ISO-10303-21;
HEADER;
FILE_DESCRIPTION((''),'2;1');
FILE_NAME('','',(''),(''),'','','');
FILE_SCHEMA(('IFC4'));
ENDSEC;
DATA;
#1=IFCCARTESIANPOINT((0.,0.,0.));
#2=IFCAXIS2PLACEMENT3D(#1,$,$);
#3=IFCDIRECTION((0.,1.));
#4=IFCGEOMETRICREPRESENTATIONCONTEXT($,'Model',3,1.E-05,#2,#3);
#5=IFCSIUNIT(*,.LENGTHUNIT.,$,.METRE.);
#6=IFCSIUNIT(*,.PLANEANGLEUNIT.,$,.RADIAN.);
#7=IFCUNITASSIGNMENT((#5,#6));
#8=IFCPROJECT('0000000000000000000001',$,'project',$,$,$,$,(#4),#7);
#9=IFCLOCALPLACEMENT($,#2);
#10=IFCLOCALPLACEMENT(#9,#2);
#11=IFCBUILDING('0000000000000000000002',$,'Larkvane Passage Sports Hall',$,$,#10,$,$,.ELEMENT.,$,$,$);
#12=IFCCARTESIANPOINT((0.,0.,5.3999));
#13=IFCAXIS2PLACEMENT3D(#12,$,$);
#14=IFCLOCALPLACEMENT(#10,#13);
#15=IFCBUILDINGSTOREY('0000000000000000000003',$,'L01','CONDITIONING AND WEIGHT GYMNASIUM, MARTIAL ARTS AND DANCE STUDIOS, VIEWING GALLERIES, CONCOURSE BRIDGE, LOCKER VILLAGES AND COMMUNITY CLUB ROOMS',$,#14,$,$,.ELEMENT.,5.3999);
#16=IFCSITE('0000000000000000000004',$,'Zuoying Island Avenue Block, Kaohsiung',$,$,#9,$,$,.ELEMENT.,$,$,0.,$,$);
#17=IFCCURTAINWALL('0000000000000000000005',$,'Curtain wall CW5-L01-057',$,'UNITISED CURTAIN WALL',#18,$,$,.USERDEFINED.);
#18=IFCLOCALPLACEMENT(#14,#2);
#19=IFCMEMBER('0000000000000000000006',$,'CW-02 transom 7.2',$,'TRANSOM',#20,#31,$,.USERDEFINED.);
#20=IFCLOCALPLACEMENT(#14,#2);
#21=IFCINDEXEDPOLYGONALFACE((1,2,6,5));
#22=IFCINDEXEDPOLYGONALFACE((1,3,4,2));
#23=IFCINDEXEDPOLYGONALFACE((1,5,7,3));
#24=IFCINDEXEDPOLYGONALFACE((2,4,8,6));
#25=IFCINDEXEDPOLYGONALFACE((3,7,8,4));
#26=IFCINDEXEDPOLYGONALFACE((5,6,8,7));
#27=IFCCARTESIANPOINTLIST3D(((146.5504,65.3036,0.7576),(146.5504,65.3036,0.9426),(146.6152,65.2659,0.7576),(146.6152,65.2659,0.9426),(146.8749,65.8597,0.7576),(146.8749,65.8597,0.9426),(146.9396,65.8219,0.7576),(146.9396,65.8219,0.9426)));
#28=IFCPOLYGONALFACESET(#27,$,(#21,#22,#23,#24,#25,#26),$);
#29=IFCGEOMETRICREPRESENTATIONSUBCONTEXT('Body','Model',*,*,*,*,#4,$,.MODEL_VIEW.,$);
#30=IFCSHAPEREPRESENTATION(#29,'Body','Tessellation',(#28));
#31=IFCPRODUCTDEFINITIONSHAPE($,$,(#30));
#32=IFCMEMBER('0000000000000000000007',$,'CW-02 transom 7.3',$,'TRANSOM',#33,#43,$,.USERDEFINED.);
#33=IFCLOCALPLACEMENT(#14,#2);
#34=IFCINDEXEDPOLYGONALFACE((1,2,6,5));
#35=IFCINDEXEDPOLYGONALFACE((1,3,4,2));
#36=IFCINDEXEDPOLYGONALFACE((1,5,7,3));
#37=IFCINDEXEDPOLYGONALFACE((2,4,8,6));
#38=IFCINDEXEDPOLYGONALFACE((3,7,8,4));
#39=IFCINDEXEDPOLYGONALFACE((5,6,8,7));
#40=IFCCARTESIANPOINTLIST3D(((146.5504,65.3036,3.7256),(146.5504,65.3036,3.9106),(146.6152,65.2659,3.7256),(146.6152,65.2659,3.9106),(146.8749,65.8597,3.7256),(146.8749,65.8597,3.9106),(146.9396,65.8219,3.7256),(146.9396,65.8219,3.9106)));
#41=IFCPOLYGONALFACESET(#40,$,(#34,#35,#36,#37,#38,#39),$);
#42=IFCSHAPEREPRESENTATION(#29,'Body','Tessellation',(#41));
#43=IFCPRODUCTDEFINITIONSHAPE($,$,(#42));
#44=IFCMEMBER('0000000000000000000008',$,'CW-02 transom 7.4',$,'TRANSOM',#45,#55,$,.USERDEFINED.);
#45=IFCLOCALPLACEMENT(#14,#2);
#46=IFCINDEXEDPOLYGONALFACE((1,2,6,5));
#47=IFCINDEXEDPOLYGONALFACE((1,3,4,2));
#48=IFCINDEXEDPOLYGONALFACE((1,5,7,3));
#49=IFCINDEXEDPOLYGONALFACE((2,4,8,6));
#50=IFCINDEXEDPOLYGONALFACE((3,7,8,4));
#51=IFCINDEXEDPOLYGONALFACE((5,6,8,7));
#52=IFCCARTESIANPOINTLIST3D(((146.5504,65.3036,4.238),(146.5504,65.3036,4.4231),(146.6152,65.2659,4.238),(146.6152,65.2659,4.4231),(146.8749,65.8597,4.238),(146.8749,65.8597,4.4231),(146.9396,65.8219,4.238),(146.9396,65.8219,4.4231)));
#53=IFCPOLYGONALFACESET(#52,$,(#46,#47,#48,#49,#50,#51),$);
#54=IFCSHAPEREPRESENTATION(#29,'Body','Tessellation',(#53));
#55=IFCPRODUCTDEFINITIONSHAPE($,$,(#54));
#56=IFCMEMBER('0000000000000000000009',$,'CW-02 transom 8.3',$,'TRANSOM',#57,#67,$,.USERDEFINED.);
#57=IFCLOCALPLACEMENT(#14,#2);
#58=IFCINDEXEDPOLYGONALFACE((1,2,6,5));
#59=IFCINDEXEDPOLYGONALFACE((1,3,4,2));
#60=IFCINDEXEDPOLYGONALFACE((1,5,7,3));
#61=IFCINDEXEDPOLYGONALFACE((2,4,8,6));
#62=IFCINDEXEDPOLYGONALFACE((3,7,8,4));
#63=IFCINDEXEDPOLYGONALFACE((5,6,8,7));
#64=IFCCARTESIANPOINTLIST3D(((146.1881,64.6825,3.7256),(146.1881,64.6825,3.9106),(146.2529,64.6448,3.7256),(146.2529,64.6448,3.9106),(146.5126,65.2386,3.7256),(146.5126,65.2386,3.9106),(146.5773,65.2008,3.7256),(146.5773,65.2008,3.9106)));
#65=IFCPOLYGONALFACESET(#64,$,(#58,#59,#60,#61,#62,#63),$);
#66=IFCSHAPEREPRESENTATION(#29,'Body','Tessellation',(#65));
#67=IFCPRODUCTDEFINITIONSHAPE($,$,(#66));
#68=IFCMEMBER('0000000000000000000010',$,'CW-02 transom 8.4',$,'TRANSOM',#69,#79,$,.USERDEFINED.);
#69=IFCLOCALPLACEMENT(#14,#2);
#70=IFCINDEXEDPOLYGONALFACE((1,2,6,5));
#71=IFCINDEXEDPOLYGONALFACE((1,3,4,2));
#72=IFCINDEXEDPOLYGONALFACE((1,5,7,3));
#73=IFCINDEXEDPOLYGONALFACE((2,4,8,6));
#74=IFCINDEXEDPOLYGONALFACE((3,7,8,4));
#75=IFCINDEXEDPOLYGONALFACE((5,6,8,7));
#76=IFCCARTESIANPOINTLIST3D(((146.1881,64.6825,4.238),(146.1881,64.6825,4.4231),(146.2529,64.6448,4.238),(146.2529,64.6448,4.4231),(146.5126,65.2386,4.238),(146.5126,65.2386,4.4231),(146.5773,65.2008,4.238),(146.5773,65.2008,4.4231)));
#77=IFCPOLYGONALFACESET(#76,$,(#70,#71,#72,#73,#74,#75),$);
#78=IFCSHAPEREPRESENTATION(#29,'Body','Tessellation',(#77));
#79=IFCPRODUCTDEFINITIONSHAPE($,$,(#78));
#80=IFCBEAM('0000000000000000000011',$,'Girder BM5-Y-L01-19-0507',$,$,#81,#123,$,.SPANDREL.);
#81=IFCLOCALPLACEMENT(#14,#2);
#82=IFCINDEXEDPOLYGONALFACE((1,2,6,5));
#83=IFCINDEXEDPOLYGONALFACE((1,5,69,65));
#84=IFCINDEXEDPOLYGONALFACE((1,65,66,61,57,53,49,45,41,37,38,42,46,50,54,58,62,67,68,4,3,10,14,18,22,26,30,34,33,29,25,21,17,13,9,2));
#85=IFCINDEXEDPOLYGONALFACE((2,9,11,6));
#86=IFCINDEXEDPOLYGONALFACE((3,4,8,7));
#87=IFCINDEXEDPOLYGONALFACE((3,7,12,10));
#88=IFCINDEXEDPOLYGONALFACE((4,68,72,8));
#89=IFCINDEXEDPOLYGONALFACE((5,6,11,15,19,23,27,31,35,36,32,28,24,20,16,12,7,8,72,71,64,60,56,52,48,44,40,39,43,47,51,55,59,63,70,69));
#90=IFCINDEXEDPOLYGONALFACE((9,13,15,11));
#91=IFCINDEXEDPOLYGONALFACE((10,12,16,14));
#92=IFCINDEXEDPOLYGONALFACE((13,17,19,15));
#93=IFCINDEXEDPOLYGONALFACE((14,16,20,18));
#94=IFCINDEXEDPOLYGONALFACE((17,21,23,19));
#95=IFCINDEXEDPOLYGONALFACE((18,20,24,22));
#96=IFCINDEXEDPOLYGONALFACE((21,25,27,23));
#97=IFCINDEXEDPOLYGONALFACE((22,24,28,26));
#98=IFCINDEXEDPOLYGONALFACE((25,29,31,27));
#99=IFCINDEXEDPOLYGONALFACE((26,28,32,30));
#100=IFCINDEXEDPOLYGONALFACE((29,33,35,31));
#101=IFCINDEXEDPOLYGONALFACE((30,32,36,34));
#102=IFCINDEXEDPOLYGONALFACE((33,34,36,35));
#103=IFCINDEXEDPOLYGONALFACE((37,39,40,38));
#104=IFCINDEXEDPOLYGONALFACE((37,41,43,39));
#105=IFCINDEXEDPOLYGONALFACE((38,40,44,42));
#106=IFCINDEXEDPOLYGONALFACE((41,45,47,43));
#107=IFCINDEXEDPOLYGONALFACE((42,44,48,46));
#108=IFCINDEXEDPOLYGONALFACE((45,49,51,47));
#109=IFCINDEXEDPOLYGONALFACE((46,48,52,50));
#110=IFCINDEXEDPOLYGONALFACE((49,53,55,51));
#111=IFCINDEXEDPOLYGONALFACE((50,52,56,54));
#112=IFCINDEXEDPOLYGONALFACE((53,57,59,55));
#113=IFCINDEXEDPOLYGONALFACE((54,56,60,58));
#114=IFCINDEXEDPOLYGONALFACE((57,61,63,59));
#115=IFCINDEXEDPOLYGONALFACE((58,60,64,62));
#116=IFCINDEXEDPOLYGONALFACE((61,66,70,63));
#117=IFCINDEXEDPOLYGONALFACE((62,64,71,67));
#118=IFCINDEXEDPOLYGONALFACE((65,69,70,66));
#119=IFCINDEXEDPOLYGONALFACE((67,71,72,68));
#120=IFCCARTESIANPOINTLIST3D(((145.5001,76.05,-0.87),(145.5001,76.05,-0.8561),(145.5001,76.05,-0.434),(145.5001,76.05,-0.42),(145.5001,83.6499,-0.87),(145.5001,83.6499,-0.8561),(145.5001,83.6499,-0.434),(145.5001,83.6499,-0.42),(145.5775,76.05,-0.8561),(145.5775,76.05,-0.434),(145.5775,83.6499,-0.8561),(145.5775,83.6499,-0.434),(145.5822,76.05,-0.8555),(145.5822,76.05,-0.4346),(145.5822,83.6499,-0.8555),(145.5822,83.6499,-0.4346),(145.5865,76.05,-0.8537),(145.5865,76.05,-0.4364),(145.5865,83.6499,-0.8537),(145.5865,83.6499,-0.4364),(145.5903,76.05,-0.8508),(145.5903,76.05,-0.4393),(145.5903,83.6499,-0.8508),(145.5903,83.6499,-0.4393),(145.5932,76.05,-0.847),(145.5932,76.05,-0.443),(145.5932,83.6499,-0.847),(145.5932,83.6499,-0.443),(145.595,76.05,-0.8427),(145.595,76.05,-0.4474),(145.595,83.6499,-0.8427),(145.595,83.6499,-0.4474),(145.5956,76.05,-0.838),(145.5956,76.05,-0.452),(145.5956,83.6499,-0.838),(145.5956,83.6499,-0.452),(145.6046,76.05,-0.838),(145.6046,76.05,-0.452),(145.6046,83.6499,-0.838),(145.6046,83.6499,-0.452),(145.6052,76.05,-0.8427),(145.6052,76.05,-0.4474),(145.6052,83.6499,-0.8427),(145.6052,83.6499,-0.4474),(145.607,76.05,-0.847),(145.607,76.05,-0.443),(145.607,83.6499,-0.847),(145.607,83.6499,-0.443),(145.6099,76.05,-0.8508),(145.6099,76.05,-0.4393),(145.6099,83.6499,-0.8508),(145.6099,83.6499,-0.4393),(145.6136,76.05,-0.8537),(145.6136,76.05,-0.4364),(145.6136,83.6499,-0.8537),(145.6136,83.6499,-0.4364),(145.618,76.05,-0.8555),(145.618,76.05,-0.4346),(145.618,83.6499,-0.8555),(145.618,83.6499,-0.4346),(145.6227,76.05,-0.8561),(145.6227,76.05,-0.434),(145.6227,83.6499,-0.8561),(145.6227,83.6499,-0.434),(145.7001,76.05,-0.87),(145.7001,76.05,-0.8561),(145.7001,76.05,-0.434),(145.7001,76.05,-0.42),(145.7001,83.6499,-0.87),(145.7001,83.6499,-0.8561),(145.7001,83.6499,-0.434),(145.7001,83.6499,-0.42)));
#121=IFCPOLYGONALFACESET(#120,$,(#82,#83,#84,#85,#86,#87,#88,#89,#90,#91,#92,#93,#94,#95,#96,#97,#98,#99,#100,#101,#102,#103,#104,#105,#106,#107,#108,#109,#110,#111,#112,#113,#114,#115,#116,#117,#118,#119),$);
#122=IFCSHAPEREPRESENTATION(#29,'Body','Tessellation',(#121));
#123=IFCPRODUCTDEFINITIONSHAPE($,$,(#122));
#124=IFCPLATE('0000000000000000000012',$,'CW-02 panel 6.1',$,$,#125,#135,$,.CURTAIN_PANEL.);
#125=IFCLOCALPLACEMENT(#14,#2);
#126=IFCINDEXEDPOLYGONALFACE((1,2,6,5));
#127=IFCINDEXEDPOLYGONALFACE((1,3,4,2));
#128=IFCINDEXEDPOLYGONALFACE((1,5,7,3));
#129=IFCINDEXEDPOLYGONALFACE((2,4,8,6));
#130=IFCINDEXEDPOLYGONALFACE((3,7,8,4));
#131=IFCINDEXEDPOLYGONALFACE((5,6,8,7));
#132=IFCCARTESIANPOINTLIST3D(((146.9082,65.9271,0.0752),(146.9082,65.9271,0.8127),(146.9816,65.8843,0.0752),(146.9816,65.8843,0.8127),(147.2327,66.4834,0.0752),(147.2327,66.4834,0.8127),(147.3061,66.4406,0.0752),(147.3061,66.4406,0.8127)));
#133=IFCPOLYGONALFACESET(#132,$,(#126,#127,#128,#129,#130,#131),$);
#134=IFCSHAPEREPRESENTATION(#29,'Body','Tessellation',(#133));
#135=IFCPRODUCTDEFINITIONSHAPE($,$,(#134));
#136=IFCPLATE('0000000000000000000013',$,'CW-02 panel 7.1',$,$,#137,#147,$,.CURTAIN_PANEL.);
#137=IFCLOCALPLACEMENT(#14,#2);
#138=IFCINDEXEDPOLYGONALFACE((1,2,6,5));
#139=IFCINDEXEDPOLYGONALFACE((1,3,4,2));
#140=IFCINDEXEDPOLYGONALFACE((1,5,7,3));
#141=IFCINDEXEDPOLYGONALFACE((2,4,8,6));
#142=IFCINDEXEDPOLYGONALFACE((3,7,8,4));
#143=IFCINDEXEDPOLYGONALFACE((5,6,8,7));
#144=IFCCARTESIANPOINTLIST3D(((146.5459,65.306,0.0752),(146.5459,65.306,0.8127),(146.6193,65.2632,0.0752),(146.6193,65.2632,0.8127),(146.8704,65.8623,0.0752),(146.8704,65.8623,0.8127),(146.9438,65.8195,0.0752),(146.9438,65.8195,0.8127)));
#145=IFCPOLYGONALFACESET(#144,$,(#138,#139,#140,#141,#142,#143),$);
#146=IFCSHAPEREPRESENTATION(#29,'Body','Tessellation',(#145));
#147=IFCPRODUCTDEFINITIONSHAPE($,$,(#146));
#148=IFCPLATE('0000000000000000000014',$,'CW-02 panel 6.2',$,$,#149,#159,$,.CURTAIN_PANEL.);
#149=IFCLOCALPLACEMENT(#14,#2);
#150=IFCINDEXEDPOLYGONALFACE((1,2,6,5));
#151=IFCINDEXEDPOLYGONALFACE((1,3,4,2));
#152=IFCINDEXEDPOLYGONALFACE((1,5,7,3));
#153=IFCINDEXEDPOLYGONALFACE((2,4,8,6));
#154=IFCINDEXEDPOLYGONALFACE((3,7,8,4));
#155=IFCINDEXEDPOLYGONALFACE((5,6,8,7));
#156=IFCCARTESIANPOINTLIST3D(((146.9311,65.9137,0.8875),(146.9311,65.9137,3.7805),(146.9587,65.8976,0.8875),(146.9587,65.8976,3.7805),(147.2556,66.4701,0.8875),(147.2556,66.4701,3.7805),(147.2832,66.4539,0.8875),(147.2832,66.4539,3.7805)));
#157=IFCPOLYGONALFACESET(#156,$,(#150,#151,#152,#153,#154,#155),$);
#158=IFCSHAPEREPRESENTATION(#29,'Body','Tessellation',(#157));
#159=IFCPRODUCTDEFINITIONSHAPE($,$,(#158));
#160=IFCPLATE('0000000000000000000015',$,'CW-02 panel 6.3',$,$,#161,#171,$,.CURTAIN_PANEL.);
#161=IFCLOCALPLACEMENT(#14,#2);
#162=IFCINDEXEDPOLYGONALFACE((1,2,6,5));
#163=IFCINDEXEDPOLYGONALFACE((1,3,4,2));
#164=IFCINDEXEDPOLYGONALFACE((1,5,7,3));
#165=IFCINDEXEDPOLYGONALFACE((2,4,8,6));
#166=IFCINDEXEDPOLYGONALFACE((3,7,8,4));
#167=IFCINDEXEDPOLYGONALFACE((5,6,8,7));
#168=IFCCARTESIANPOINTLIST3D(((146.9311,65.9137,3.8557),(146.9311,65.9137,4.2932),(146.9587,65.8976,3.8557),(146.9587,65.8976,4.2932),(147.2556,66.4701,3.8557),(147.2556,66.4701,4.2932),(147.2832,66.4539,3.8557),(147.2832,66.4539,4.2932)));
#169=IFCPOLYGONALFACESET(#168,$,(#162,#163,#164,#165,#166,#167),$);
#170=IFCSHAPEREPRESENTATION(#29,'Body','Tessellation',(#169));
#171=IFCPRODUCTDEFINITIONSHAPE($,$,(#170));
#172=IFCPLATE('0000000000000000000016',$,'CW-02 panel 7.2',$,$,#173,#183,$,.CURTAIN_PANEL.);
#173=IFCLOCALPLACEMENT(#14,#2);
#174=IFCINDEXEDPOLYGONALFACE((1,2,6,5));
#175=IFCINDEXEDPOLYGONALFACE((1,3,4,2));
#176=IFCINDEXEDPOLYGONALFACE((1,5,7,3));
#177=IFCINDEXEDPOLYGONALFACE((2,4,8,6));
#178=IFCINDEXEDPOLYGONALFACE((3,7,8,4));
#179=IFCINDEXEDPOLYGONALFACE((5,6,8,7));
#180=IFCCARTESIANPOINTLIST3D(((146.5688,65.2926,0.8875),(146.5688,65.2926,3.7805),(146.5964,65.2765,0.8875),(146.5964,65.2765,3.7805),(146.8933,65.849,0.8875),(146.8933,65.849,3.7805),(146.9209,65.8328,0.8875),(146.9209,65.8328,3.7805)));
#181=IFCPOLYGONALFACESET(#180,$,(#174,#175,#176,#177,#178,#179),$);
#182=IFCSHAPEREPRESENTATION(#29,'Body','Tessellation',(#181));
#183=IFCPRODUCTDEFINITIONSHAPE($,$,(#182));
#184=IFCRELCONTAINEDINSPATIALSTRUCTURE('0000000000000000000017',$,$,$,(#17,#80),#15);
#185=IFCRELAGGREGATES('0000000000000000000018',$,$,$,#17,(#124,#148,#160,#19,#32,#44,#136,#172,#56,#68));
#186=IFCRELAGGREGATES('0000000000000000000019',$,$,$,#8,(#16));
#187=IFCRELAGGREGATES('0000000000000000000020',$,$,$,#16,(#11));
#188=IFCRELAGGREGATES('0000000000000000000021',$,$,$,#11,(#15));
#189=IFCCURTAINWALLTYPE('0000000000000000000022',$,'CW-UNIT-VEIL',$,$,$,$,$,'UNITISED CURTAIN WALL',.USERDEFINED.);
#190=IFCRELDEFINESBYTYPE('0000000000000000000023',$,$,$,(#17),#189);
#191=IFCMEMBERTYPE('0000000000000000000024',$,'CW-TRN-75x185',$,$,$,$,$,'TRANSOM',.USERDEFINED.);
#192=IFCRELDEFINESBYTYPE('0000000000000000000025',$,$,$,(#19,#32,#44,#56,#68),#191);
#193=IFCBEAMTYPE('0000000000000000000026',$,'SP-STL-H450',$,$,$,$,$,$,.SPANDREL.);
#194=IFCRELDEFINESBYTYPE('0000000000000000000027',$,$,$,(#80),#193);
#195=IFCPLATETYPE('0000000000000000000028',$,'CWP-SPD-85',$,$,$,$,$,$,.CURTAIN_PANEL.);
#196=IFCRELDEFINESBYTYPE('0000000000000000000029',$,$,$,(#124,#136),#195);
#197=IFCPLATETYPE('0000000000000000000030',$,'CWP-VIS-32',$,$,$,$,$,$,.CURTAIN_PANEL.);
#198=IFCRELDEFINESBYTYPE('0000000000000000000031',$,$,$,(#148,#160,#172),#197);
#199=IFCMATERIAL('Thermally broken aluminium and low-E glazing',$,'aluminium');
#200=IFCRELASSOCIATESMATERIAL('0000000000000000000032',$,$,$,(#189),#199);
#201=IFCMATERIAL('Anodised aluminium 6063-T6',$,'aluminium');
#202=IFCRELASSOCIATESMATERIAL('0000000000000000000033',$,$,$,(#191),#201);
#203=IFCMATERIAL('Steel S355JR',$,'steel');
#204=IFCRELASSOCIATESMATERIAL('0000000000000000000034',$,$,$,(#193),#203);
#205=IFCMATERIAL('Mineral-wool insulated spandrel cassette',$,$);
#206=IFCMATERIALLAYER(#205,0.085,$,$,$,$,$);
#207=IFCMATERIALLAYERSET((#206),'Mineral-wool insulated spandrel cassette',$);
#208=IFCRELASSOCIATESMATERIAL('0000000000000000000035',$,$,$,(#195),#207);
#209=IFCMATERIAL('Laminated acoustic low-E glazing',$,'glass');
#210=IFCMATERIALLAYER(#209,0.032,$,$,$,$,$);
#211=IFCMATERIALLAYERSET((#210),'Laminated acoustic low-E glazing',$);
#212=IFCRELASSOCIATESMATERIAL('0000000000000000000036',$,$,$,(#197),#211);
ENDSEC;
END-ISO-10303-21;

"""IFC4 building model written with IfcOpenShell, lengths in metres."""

from ifc_helpers import new_model, si_unit, direction, frame, origin, origin_2d, place, context, subcontext, project, spatial, rectangle, i_section, extrude, material, layer, layer_set, material_profile, profile_set, type_object, element, aggregate, save


model = new_model("IFC4")

# Units and contexts
model_context = context("Model", 3, precision=1e-05, world=origin(), true_north=direction((0.0, 1.0)))
body_context = subcontext(model_context, "Body", "Model", "MODEL_VIEW")
ifc_project = project(units=[si_unit("LENGTHUNIT", "METRE"), si_unit("PLANEANGLEUNIT", "RADIAN")], contexts=[model_context])

# Site, building, storey
site_placement = place(None, origin())
site = spatial("IfcSite", under=ifc_project, at=site_placement, Name="Zuoying Island Avenue Block, Kaohsiung", CompositionType="ELEMENT", RefElevation=0.0)
building_placement = place(site_placement, origin())
building = spatial("IfcBuilding", under=site, at=building_placement, Name="Larkvane Passage Sports Hall", CompositionType="ELEMENT")
storey_placement = place(building_placement, frame((0.0, 0.0, 5.3999)))
storey = spatial("IfcBuildingStorey", under=building, at=storey_placement, Name="L01", Description="CONDITIONING AND WEIGHT GYMNASIUM, MARTIAL ARTS AND DANCE STUDIOS, VIEWING GALLERIES, CONCOURSE BRIDGE, LOCKER VILLAGES AND COMMUNITY CLUB ROOMS", CompositionType="ELEMENT", Elevation=5.3999)

# Curtain wall, members
ifc_material_1 = material(Name="Thermally broken aluminium and low-E glazing", Category="aluminium")
curtain_wall_type = type_object("IfcCurtainWallType", Name="CW-UNIT-VEIL", ElementType="UNITISED CURTAIN WALL", PredefinedType="USERDEFINED", material=ifc_material_1)
curtain_wall_placement = place(storey_placement, origin())
curtain_wall = element("IfcCurtainWall", 1, at=curtain_wall_placement, inside=storey, type_object=curtain_wall_type, Name="Curtain wall CW5-L01-057", ObjectType="UNITISED CURTAIN WALL", PredefinedType="USERDEFINED")
ifc_material_2 = material(Name="Anodised aluminium 6063-T6", Category="aluminium")
ifc_material_profile_1 = material_profile(ifc_material_2, rectangle(XDim=0.075, YDim=0.1851, at=origin_2d()), Name="ALU-TRN-75x185")
ifc_profile_set_1 = profile_set([ifc_material_profile_1], Name="Anodised aluminium 6063-T6")
member_type_1 = type_object("IfcMemberType", Name="CW-TRN-75x185", ElementType="TRANSOM", PredefinedType="USERDEFINED", material=ifc_profile_set_1)
member_1_placement = place(storey_placement, frame((146.9072, 65.8408, 0.8501), z_axis=(-0.503918, -0.863751, 0.0), x_axis=(0.863751, -0.503918, 0.0)))
member_1 = element("IfcMember", 2, at=member_1_placement, type_object=member_type_1, Name="CW-02 transom 7.2", ObjectType="TRANSOM", PredefinedType="USERDEFINED", context=body_context, shape_type="SweptSolid", body=[
    extrude(rectangle(XDim=0.075, YDim=0.1851, at=origin_2d()), origin(), (0.0, 0.0, 1.0), 0.6438),
])
member_2_placement = place(storey_placement, frame((146.9072, 65.8408, 3.8181), z_axis=(-0.503918, -0.863751, 0.0), x_axis=(0.863751, -0.503918, 0.0)))
member_2 = element("IfcMember", 3, at=member_2_placement, type_object=member_type_1, Name="CW-02 transom 7.3", ObjectType="TRANSOM", PredefinedType="USERDEFINED", context=body_context, shape_type="SweptSolid", body=[
    extrude(rectangle(XDim=0.075, YDim=0.1851, at=origin_2d()), origin(), (0.0, 0.0, 1.0), 0.6438),
])
member_3_placement = place(storey_placement, frame((146.9072, 65.8408, 4.3306), z_axis=(-0.503918, -0.863751, 0.0), x_axis=(0.863751, -0.503918, 0.0)))
member_3 = element("IfcMember", 4, at=member_3_placement, type_object=member_type_1, Name="CW-02 transom 7.4", ObjectType="TRANSOM", PredefinedType="USERDEFINED", context=body_context, shape_type="SweptSolid", body=[
    extrude(rectangle(XDim=0.075, YDim=0.1851, at=origin_2d()), origin(), (0.0, 0.0, 1.0), 0.6438),
])
member_4_placement = place(storey_placement, frame((146.5449, 65.2197, 3.8181), z_axis=(-0.503918, -0.863751, 0.0), x_axis=(0.863751, -0.503918, 0.0)))
member_4 = element("IfcMember", 5, at=member_4_placement, type_object=member_type_1, Name="CW-02 transom 8.3", ObjectType="TRANSOM", PredefinedType="USERDEFINED", context=body_context, shape_type="SweptSolid", body=[
    extrude(rectangle(XDim=0.075, YDim=0.1851, at=origin_2d()), origin(), (0.0, 0.0, 1.0), 0.6438),
])
member_5_placement = place(storey_placement, frame((146.5449, 65.2197, 4.3306), z_axis=(-0.503918, -0.863751, 0.0), x_axis=(0.863751, -0.503918, 0.0)))
member_5 = element("IfcMember", 6, at=member_5_placement, type_object=member_type_1, Name="CW-02 transom 8.4", ObjectType="TRANSOM", PredefinedType="USERDEFINED", context=body_context, shape_type="SweptSolid", body=[
    extrude(rectangle(XDim=0.075, YDim=0.1851, at=origin_2d()), origin(), (0.0, 0.0, 1.0), 0.6438),
])

# Beam
ifc_material_3 = material(Name="Steel S355JR", Category="steel")
ifc_material_profile_2 = material_profile(ifc_material_3, i_section(OverallWidth=0.2, OverallDepth=0.45, WebThickness=0.009, FlangeThickness=0.0139, FilletRadius=0.0181, at=origin_2d()), Name="H-450x200x9x14")
ifc_profile_set_2 = profile_set([ifc_material_profile_2], Name="Steel S355JR")
beam_type_1 = type_object("IfcBeamType", Name="SP-STL-H450", PredefinedType="SPANDREL", material=ifc_profile_set_2)
beam_1_placement = place(storey_placement, frame((145.6001, 76.05, -0.645), z_axis=(0.0, 1.0, 0.0), x_axis=(-1.0, 0.0, 0.0)))
element("IfcBeam", 7, at=beam_1_placement, inside=storey, type_object=beam_type_1, Name="Girder BM5-Y-L01-19-0507", PredefinedType="SPANDREL", context=body_context, shape_type="SweptSolid", body=[
    extrude(i_section(OverallWidth=0.2, OverallDepth=0.45, WebThickness=0.009, FlangeThickness=0.0139, FilletRadius=0.0181, at=origin_2d()), origin(), (0.0, 0.0, 1.0), 7.5999),
])

# Plates
ifc_material_4 = material(Name="Mineral-wool insulated spandrel cassette")
ifc_layer_1 = layer(ifc_material_4, 0.085)
ifc_layer_set_1 = layer_set([ifc_layer_1], Name="Mineral-wool insulated spandrel cassette")
plate_type_1 = type_object("IfcPlateType", Name="CWP-SPD-85", PredefinedType="CURTAIN_PANEL", material=ifc_layer_set_1)
plate_1_placement = place(storey_placement, frame((147.1072, 66.1838, 0.0752), z_axis=(0.0, 0.0, 1.0), x_axis=(-0.503867, -0.863781, 0.0)))
plate_1 = element("IfcPlate", 8, at=plate_1_placement, type_object=plate_type_1, Name="CW-02 panel 6.1", PredefinedType="CURTAIN_PANEL", context=body_context, shape_type="SweptSolid", body=[
    extrude(rectangle(XDim=0.644, YDim=0.085, at=origin_2d()), origin(), (0.0, 0.0, 1.0), 0.7375),
])
plate_2_placement = place(storey_placement, frame((146.7449, 65.5627, 0.0752), z_axis=(0.0, 0.0, 1.0), x_axis=(-0.503867, -0.863781, 0.0)))
plate_2 = element("IfcPlate", 9, at=plate_2_placement, type_object=plate_type_1, Name="CW-02 panel 7.1", PredefinedType="CURTAIN_PANEL", context=body_context, shape_type="SweptSolid", body=[
    extrude(rectangle(XDim=0.644, YDim=0.085, at=origin_2d()), origin(), (0.0, 0.0, 1.0), 0.7375),
])
ifc_material_5 = material(Name="Laminated acoustic low-E glazing", Category="glass")
ifc_layer_2 = layer(ifc_material_5, 0.032)
ifc_layer_set_2 = layer_set([ifc_layer_2], Name="Laminated acoustic low-E glazing")
plate_type_2 = type_object("IfcPlateType", Name="CWP-VIS-32", PredefinedType="CURTAIN_PANEL", material=ifc_layer_set_2)
plate_3_placement = place(storey_placement, frame((147.1072, 66.1838, 0.8875), z_axis=(0.0, 0.0, 1.0), x_axis=(-0.503867, -0.863781, 0.0)))
plate_3 = element("IfcPlate", 10, at=plate_3_placement, type_object=plate_type_2, Name="CW-02 panel 6.2", PredefinedType="CURTAIN_PANEL", context=body_context, shape_type="SweptSolid", body=[
    extrude(rectangle(XDim=0.644, YDim=0.032, at=origin_2d()), origin(), (0.0, 0.0, 1.0), 2.8931),
])
plate_4_placement = place(storey_placement, frame((147.1072, 66.1838, 3.8557), z_axis=(0.0, 0.0, 1.0), x_axis=(-0.503867, -0.863781, 0.0)))
plate_4 = element("IfcPlate", 11, at=plate_4_placement, type_object=plate_type_2, Name="CW-02 panel 6.3", PredefinedType="CURTAIN_PANEL", context=body_context, shape_type="SweptSolid", body=[
    extrude(rectangle(XDim=0.644, YDim=0.032, at=origin_2d()), origin(), (0.0, 0.0, 1.0), 0.4375),
])
plate_5_placement = place(storey_placement, frame((146.7449, 65.5627, 0.8875), z_axis=(0.0, 0.0, 1.0), x_axis=(-0.503867, -0.863781, 0.0)))
plate_5 = element("IfcPlate", 12, at=plate_5_placement, type_object=plate_type_2, Name="CW-02 panel 7.2", PredefinedType="CURTAIN_PANEL", context=body_context, shape_type="SweptSolid", body=[
    extrude(rectangle(XDim=0.644, YDim=0.032, at=origin_2d()), origin(), (0.0, 0.0, 1.0), 2.8931),
])
aggregate(curtain_wall, [plate_1, plate_3, plate_4, member_1, member_2, member_3, plate_2, plate_5, member_4, member_5])

save(model, "model.ifc")
